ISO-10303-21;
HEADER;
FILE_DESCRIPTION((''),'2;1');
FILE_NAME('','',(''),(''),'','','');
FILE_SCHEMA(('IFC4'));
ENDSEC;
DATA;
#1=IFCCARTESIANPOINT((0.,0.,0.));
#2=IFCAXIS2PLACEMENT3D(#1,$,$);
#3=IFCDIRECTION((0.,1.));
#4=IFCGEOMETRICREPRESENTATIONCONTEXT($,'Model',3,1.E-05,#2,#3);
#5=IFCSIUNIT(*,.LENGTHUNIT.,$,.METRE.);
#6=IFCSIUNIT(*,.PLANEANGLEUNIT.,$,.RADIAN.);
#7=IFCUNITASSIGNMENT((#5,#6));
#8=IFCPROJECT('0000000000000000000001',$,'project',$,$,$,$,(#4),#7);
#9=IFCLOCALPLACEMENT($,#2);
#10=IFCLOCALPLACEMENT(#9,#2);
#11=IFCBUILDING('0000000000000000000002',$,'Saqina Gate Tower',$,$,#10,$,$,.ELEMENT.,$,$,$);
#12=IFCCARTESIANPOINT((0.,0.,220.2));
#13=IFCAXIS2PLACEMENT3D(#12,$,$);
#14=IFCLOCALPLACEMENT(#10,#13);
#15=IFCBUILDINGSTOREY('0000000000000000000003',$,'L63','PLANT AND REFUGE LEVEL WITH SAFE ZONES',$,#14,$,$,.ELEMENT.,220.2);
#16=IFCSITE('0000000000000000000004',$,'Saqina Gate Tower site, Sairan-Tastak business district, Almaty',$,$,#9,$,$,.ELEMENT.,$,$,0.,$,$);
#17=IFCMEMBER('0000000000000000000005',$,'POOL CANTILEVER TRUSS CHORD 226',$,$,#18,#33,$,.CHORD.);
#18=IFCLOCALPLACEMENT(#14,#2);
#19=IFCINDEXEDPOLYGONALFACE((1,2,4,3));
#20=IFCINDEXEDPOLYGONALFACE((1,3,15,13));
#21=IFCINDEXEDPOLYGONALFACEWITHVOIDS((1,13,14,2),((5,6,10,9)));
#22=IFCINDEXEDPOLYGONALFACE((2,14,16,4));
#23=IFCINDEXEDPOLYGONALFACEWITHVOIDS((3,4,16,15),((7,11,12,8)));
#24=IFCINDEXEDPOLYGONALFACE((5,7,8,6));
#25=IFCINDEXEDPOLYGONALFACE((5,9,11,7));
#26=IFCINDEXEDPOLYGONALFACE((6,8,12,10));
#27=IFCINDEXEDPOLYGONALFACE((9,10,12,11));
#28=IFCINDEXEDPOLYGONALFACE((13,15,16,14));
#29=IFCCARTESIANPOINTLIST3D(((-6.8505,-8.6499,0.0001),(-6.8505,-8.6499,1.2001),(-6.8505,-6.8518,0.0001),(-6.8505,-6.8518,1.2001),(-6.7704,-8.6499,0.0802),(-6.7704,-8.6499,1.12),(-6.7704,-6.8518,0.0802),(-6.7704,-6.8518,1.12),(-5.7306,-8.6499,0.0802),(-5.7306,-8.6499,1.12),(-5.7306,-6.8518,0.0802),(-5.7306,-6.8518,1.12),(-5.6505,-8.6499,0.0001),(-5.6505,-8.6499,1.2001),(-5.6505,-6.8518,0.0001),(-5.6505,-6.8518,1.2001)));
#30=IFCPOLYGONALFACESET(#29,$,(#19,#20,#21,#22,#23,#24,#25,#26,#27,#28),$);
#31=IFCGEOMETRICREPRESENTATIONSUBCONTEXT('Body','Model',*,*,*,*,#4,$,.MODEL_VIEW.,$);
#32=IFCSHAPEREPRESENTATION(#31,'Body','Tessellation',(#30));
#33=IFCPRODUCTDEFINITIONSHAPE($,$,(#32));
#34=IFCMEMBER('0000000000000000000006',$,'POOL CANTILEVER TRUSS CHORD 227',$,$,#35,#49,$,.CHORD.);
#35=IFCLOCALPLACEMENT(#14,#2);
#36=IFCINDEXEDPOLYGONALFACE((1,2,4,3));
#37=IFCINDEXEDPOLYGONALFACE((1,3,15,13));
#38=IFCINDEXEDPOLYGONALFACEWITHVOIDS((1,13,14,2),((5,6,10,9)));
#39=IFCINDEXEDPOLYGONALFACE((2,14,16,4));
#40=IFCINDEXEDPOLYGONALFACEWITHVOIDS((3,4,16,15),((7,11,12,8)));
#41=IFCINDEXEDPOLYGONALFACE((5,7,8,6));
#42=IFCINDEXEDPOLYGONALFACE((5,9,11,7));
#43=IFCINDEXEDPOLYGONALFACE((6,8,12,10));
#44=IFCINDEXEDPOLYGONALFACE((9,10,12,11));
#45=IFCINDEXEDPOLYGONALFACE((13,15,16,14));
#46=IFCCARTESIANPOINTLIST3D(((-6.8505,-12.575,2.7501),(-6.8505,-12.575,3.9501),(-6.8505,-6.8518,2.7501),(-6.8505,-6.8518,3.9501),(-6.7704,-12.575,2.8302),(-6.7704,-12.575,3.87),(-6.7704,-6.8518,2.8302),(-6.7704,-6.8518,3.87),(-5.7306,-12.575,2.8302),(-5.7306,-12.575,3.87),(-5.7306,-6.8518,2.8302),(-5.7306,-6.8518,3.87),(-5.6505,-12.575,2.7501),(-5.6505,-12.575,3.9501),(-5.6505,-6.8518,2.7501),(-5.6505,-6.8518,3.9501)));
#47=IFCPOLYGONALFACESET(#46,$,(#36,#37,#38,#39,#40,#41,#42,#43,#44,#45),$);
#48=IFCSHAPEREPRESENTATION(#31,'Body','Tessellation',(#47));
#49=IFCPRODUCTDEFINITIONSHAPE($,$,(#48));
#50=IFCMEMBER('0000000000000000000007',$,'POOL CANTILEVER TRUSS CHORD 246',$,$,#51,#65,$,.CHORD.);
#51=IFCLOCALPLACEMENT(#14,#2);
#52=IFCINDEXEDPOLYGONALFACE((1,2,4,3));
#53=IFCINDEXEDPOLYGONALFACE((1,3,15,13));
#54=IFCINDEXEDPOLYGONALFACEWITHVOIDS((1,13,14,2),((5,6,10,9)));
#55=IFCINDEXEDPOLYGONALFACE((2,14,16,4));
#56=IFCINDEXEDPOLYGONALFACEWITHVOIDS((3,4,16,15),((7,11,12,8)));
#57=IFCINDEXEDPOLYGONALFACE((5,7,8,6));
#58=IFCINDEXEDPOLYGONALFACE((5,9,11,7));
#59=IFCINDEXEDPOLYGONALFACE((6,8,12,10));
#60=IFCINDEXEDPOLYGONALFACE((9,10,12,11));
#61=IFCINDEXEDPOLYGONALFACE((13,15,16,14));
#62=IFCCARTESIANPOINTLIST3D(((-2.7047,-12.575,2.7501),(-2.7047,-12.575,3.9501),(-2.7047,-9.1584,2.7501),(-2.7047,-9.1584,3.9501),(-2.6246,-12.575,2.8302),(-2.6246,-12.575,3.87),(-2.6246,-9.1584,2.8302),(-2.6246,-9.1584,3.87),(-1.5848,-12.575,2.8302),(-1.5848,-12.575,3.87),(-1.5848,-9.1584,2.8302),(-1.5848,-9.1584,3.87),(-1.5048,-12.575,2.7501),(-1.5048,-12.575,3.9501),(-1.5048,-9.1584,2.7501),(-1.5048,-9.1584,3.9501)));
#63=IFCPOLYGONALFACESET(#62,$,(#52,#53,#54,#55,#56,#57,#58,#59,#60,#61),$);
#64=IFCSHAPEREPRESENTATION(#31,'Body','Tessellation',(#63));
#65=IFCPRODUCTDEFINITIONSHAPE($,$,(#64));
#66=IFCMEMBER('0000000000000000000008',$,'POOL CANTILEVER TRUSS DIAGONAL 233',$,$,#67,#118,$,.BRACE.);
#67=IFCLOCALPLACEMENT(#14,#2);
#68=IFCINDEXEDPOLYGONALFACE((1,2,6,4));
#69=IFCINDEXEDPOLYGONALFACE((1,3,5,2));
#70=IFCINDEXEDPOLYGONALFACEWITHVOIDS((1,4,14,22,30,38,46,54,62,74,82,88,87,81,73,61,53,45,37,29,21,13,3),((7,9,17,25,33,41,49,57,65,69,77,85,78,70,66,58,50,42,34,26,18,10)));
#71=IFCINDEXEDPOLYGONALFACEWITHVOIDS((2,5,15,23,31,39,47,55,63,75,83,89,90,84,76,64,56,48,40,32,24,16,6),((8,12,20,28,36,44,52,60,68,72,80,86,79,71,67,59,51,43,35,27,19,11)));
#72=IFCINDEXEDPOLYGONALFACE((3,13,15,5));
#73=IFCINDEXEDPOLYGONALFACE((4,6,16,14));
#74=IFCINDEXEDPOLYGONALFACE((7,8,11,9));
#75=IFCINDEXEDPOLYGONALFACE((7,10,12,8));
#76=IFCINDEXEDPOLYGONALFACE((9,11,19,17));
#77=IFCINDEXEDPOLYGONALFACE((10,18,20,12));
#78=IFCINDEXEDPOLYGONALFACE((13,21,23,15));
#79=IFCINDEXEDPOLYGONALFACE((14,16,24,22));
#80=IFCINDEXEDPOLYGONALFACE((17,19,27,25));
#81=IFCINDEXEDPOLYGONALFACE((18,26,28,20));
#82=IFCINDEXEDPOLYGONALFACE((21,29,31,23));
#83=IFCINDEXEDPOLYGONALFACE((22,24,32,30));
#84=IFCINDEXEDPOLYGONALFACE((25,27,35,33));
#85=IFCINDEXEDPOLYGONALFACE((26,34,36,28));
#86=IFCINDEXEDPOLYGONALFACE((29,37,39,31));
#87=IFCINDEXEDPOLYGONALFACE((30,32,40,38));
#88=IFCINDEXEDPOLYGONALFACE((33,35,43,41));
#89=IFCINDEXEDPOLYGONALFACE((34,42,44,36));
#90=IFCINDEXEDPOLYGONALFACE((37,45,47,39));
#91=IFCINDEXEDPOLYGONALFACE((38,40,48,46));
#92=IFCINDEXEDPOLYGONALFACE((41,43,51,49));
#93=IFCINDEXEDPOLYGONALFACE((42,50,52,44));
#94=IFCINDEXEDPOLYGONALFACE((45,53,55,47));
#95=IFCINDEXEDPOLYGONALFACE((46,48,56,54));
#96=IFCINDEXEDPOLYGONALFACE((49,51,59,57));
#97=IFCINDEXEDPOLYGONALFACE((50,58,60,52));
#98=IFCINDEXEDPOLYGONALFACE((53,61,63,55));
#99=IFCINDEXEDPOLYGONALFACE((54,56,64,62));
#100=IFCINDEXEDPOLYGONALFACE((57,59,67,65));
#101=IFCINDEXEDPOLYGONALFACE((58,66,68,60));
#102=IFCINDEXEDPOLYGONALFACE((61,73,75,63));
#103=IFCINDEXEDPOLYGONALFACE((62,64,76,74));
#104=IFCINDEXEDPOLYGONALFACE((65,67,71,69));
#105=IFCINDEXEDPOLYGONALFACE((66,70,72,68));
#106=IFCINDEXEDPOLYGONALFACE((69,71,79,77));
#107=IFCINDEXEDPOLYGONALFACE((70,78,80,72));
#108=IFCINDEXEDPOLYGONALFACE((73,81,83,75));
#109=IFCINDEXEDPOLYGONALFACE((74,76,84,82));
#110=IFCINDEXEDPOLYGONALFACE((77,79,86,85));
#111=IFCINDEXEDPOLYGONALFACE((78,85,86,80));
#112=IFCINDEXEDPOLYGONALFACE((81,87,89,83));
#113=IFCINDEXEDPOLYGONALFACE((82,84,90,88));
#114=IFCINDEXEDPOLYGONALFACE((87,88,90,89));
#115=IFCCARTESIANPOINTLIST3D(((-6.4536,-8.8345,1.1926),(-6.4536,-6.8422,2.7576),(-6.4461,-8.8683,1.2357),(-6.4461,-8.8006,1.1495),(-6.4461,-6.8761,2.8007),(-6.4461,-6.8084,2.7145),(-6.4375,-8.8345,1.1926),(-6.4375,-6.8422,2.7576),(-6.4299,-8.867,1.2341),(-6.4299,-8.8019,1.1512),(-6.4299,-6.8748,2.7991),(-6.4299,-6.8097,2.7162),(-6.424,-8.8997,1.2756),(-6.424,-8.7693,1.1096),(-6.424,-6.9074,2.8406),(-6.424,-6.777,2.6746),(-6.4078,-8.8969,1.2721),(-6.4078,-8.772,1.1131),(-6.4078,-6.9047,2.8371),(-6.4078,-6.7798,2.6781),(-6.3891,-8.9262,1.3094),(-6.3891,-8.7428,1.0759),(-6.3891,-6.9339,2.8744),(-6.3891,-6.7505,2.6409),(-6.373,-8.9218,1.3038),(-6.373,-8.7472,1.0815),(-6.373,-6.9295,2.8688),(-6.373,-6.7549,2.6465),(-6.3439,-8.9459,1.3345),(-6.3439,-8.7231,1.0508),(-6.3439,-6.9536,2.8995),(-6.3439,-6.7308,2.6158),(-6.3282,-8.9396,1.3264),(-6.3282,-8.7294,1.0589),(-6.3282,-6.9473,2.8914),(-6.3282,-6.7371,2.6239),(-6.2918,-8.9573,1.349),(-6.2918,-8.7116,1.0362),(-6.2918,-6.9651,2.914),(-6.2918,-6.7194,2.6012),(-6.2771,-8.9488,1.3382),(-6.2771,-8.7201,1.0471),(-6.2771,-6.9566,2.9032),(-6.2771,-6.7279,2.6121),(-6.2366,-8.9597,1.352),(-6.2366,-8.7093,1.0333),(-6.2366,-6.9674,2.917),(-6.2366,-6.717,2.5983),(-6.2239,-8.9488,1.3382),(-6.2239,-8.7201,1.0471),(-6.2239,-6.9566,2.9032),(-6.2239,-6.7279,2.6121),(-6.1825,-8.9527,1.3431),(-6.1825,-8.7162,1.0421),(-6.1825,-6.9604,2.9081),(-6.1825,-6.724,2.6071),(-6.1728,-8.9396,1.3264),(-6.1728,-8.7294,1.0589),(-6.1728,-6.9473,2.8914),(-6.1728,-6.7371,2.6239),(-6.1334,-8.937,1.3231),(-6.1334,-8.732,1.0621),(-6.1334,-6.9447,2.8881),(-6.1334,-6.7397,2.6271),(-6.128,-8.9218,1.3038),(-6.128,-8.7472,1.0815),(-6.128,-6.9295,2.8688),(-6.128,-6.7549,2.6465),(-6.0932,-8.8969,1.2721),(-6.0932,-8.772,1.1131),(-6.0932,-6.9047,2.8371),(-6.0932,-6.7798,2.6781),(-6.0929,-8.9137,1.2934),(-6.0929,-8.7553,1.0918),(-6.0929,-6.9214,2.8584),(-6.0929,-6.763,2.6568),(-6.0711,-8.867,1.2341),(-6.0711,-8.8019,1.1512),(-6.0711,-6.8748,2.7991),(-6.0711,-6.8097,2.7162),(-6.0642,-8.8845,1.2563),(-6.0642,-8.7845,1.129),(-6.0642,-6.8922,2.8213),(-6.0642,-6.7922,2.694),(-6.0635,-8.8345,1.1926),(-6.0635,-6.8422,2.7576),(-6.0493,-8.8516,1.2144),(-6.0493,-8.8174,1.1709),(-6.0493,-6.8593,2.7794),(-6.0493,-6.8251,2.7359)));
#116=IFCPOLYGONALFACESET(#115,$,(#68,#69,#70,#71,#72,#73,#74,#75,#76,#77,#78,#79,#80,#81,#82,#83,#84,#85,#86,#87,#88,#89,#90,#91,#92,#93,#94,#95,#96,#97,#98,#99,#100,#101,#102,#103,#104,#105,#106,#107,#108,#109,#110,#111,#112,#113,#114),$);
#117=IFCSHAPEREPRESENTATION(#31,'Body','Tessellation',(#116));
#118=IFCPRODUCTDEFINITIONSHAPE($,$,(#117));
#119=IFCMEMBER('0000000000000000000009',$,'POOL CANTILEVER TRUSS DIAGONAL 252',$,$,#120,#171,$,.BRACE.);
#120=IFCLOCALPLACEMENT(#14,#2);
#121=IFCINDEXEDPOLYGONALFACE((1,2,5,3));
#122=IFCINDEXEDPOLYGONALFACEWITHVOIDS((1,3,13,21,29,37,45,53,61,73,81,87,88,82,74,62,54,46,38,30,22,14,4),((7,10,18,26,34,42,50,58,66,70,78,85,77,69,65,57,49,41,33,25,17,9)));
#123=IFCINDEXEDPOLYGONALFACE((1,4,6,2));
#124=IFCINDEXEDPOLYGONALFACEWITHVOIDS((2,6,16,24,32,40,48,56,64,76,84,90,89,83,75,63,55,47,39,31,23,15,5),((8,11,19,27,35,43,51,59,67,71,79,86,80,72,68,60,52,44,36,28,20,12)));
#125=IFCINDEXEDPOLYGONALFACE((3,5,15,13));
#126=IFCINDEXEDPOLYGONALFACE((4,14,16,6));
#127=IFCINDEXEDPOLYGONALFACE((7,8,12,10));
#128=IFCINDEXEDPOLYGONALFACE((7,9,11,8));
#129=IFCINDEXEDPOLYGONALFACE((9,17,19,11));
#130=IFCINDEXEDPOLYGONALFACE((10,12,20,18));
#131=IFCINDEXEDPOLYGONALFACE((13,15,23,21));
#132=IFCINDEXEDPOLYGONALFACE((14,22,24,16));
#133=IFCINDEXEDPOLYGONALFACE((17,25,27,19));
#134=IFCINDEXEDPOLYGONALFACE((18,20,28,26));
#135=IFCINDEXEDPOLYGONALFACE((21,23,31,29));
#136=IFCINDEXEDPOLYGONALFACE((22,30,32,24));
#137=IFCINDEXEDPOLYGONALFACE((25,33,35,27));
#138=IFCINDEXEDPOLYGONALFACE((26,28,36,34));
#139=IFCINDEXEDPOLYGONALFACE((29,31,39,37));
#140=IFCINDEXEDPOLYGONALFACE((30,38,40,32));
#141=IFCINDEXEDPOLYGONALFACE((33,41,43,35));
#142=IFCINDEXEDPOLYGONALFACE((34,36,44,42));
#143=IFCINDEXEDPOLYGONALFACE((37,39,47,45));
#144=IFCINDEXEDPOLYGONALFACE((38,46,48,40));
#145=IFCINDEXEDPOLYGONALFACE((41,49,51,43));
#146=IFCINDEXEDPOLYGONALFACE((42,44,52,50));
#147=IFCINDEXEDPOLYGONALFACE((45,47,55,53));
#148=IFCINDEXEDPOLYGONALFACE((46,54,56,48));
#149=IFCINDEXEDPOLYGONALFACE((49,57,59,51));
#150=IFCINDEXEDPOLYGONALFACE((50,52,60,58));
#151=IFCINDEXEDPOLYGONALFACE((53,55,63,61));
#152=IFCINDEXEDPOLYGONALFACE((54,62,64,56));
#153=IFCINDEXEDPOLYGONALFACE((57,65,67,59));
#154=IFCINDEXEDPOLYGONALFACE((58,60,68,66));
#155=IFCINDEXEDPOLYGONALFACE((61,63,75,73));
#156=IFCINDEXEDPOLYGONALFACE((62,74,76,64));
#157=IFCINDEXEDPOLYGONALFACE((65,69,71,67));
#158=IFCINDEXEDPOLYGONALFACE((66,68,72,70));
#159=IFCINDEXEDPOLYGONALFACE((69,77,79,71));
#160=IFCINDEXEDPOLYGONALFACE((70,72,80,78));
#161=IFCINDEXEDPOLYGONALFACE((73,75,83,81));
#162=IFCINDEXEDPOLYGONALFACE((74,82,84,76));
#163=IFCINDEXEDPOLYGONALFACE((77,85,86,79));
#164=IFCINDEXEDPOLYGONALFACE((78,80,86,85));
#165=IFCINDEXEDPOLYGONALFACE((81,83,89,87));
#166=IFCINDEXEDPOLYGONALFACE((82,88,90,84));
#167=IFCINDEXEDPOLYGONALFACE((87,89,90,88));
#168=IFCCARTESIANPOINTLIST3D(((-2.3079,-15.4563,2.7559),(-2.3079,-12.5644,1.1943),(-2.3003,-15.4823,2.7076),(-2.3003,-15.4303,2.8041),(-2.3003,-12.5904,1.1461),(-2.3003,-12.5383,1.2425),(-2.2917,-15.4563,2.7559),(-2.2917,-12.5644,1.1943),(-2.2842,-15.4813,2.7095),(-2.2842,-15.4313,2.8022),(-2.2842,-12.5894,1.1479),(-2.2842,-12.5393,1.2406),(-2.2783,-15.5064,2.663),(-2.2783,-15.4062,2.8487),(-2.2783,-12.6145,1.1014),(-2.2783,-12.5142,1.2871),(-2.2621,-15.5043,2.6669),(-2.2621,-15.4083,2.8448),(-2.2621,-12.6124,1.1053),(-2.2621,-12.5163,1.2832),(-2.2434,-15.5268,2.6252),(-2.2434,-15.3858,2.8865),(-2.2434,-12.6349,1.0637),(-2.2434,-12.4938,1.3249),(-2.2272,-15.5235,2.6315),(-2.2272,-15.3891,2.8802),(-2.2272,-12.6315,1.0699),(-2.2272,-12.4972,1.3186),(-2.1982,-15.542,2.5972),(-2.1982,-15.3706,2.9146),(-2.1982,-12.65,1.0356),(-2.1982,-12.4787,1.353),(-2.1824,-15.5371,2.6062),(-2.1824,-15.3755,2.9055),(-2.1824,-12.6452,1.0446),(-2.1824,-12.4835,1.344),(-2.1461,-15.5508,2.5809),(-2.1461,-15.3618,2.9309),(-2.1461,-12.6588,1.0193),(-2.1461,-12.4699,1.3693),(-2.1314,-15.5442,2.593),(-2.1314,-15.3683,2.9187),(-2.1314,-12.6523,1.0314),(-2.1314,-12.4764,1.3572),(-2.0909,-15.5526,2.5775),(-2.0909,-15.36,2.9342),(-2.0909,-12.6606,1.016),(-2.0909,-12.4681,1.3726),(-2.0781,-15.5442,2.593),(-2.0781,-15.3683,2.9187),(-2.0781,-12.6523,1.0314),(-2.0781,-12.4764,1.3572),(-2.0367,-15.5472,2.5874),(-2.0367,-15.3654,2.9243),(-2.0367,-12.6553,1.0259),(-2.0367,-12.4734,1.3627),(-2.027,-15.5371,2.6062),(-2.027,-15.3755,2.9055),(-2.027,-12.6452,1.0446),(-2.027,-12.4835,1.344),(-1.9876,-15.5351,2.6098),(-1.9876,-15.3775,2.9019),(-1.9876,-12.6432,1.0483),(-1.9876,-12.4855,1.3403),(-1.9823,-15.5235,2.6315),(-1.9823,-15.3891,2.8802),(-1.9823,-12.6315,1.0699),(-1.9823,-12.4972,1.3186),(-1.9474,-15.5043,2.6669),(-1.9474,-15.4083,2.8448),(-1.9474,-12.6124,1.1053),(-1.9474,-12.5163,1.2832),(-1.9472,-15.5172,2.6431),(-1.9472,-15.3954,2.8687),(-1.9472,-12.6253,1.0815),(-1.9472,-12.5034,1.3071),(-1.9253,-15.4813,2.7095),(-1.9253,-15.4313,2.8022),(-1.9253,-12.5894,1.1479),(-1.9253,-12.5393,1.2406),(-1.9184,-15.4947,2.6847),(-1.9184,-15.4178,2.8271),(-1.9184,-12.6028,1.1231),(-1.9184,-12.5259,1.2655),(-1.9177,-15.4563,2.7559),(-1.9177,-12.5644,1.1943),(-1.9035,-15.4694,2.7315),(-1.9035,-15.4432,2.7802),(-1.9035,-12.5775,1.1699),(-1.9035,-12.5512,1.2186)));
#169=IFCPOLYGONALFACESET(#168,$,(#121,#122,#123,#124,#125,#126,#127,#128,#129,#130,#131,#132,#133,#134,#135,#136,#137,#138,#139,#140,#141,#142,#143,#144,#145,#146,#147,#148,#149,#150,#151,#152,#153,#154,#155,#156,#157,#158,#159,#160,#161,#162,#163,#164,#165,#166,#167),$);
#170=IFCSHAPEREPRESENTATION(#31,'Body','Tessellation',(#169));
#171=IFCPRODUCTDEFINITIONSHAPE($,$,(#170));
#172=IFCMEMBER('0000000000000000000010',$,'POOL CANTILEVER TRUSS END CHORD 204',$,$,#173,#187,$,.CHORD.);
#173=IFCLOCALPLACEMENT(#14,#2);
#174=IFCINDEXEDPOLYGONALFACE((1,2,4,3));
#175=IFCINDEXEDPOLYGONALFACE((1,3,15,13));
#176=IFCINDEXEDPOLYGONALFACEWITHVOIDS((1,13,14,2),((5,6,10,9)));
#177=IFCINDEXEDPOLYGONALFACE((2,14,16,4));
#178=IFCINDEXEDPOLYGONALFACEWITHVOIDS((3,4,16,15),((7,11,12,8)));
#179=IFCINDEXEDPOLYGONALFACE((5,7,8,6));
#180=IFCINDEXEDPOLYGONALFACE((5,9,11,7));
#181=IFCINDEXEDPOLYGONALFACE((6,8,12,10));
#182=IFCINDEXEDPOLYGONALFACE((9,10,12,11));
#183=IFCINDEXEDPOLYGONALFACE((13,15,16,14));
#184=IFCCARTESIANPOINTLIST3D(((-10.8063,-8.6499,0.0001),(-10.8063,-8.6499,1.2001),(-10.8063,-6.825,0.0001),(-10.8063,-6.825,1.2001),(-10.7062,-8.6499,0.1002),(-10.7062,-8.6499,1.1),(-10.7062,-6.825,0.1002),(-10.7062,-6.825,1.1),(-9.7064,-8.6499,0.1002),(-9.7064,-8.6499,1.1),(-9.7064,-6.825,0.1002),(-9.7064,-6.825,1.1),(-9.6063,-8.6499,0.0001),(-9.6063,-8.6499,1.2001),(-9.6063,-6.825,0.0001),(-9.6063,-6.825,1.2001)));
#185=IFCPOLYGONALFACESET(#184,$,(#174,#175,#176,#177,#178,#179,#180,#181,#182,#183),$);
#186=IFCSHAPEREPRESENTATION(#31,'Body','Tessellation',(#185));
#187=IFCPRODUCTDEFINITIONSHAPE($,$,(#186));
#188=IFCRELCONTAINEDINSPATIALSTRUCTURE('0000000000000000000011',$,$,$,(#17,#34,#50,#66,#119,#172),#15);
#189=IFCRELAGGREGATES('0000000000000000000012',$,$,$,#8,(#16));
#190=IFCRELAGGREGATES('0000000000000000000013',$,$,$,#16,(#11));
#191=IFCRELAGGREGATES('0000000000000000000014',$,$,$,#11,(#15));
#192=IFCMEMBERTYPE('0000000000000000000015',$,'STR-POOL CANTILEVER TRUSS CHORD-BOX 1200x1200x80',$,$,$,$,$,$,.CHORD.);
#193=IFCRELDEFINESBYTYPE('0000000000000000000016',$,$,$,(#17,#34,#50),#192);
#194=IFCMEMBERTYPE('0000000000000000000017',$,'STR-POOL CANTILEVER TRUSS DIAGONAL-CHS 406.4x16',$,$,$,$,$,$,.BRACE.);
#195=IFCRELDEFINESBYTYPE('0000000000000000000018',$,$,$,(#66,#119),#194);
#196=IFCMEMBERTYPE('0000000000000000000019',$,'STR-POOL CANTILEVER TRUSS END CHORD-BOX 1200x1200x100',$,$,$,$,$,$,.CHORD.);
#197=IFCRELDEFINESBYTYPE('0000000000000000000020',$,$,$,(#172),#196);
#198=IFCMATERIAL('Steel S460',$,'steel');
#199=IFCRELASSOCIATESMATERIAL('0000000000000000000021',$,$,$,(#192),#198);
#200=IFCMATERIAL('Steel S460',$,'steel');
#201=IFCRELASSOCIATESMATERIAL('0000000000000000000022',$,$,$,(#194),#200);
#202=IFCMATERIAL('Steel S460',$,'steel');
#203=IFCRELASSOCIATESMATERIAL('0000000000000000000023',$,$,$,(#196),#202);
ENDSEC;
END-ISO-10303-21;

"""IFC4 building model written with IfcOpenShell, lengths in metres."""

from ifc_helpers import new_model, si_unit, direction, frame, origin, origin_2d, place, context, subcontext, project, spatial, hollow_rectangle, hollow_circle, extrude, material, material_profile, profile_set, type_object, element, save


model = new_model("IFC4")

# Units and contexts
model_context = context("Model", 3, precision=1e-05, world=origin(), true_north=direction((0.0, 1.0)))
body_context = subcontext(model_context, "Body", "Model", "MODEL_VIEW")
ifc_project = project(units=[si_unit("LENGTHUNIT", "METRE"), si_unit("PLANEANGLEUNIT", "RADIAN")], contexts=[model_context])

# Site, building, storey
site_placement = place(None, origin())
site = spatial("IfcSite", under=ifc_project, at=site_placement, Name="Saqina Gate Tower site, Sairan-Tastak business district, Almaty", CompositionType="ELEMENT", RefElevation=0.0)
building_placement = place(site_placement, origin())
building = spatial("IfcBuilding", under=site, at=building_placement, Name="Saqina Gate Tower", CompositionType="ELEMENT")
storey_placement = place(building_placement, frame((0.0, 0.0, 220.2)))
storey = spatial("IfcBuildingStorey", under=building, at=storey_placement, Name="L63", Description="PLANT AND REFUGE LEVEL WITH SAFE ZONES", CompositionType="ELEMENT", Elevation=220.2)

# Members
ifc_material_1 = material(Name="Steel S460", Category="steel")
ifc_material_profile_1 = material_profile(ifc_material_1, hollow_rectangle(XDim=1.2, YDim=1.2, WallThickness=0.0801, at=origin_2d()), Name="BOX 1200x1200x80")
ifc_profile_set_1 = profile_set([ifc_material_profile_1], Name="Steel S460")
member_type_1 = type_object("IfcMemberType", Name="STR-POOL CANTILEVER TRUSS CHORD-BOX 1200x1200x80", PredefinedType="CHORD", material=ifc_profile_set_1)
member_1_placement = place(storey_placement, frame((-6.2505, -8.6499, 0.6001), z_axis=(0.0, 1.0, 0.0), x_axis=(-1.0, 0.0, 0.0)))
element("IfcMember", 1, at=member_1_placement, inside=storey, type_object=member_type_1, Name="POOL CANTILEVER TRUSS CHORD 226", PredefinedType="CHORD", context=body_context, shape_type="SweptSolid", body=[
    extrude(hollow_rectangle(XDim=1.2, YDim=1.2, WallThickness=0.0801, at=origin_2d()), origin(), (0.0, 0.0, 1.0), 1.7981),
])
member_2_placement = place(storey_placement, frame((-6.2505, -12.575, 3.3501), z_axis=(0.0, 1.0, 0.0), x_axis=(-1.0, 0.0, 0.0)))
element("IfcMember", 2, at=member_2_placement, inside=storey, type_object=member_type_1, Name="POOL CANTILEVER TRUSS CHORD 227", PredefinedType="CHORD", context=body_context, shape_type="SweptSolid", body=[
    extrude(hollow_rectangle(XDim=1.2, YDim=1.2, WallThickness=0.0801, at=origin_2d()), origin(), (0.0, 0.0, 1.0), 5.7231),
])
member_3_placement = place(storey_placement, frame((-2.1047, -12.575, 3.3501), z_axis=(0.0, 1.0, 0.0), x_axis=(-1.0, 0.0, 0.0)))
element("IfcMember", 3, at=member_3_placement, inside=storey, type_object=member_type_1, Name="POOL CANTILEVER TRUSS CHORD 246", PredefinedType="CHORD", context=body_context, shape_type="SweptSolid", body=[
    extrude(hollow_rectangle(XDim=1.2, YDim=1.2, WallThickness=0.0801, at=origin_2d()), origin(), (0.0, 0.0, 1.0), 3.4165),
])
ifc_material_2 = material(Name="Steel S460", Category="steel")
ifc_material_profile_2 = material_profile(ifc_material_2, hollow_circle(Radius=0.2031, WallThickness=0.0161, at=origin_2d()), Name="CHS 406.4x16")
ifc_profile_set_2 = profile_set([ifc_material_profile_2], Name="Steel S460")
member_type_2 = type_object("IfcMemberType", Name="STR-POOL CANTILEVER TRUSS DIAGONAL-CHS 406.4x16", PredefinedType="BRACE", material=ifc_profile_set_2)
member_4_placement = place(storey_placement, frame((-6.2505, -8.8345, 1.1926), z_axis=(0.0, 0.786385, 0.617736), x_axis=(-1.0, 0.0, 0.0)))
element("IfcMember", 4, at=member_4_placement, inside=storey, type_object=member_type_2, Name="POOL CANTILEVER TRUSS DIAGONAL 233", PredefinedType="BRACE", context=body_context, shape_type="SweptSolid", body=[
    extrude(hollow_circle(Radius=0.2031, WallThickness=0.0161, at=origin_2d()), origin(), (0.0, 0.0, 1.0), 2.5334),
])
member_5_placement = place(storey_placement, frame((-2.1047, -15.4563, 2.7559), z_axis=(0.0, 0.879915, -0.475132), x_axis=(-1.0, 0.0, 0.0)))
element("IfcMember", 5, at=member_5_placement, inside=storey, type_object=member_type_2, Name="POOL CANTILEVER TRUSS DIAGONAL 252", PredefinedType="BRACE", context=body_context, shape_type="SweptSolid", body=[
    extrude(hollow_circle(Radius=0.2031, WallThickness=0.0161, at=origin_2d()), origin(), (0.0, 0.0, 1.0), 3.2866),
])
ifc_material_3 = material(Name="Steel S460", Category="steel")
ifc_material_profile_3 = material_profile(ifc_material_3, hollow_rectangle(XDim=1.2, YDim=1.2, WallThickness=0.1001, at=origin_2d()), Name="BOX 1200x1200x100")
ifc_profile_set_3 = profile_set([ifc_material_profile_3], Name="Steel S460")
member_type_3 = type_object("IfcMemberType", Name="STR-POOL CANTILEVER TRUSS END CHORD-BOX 1200x1200x100", PredefinedType="CHORD", material=ifc_profile_set_3)
member_6_placement = place(storey_placement, frame((-10.2063, -8.6499, 0.6001), z_axis=(0.0, 1.0, 0.0), x_axis=(-1.0, 0.0, 0.0)))
element("IfcMember", 6, at=member_6_placement, inside=storey, type_object=member_type_3, Name="POOL CANTILEVER TRUSS END CHORD 204", PredefinedType="CHORD", context=body_context, shape_type="SweptSolid", body=[
    extrude(hollow_rectangle(XDim=1.2, YDim=1.2, WallThickness=0.1001, at=origin_2d()), origin(), (0.0, 0.0, 1.0), 1.825),
])

save(model, "model.ifc")
